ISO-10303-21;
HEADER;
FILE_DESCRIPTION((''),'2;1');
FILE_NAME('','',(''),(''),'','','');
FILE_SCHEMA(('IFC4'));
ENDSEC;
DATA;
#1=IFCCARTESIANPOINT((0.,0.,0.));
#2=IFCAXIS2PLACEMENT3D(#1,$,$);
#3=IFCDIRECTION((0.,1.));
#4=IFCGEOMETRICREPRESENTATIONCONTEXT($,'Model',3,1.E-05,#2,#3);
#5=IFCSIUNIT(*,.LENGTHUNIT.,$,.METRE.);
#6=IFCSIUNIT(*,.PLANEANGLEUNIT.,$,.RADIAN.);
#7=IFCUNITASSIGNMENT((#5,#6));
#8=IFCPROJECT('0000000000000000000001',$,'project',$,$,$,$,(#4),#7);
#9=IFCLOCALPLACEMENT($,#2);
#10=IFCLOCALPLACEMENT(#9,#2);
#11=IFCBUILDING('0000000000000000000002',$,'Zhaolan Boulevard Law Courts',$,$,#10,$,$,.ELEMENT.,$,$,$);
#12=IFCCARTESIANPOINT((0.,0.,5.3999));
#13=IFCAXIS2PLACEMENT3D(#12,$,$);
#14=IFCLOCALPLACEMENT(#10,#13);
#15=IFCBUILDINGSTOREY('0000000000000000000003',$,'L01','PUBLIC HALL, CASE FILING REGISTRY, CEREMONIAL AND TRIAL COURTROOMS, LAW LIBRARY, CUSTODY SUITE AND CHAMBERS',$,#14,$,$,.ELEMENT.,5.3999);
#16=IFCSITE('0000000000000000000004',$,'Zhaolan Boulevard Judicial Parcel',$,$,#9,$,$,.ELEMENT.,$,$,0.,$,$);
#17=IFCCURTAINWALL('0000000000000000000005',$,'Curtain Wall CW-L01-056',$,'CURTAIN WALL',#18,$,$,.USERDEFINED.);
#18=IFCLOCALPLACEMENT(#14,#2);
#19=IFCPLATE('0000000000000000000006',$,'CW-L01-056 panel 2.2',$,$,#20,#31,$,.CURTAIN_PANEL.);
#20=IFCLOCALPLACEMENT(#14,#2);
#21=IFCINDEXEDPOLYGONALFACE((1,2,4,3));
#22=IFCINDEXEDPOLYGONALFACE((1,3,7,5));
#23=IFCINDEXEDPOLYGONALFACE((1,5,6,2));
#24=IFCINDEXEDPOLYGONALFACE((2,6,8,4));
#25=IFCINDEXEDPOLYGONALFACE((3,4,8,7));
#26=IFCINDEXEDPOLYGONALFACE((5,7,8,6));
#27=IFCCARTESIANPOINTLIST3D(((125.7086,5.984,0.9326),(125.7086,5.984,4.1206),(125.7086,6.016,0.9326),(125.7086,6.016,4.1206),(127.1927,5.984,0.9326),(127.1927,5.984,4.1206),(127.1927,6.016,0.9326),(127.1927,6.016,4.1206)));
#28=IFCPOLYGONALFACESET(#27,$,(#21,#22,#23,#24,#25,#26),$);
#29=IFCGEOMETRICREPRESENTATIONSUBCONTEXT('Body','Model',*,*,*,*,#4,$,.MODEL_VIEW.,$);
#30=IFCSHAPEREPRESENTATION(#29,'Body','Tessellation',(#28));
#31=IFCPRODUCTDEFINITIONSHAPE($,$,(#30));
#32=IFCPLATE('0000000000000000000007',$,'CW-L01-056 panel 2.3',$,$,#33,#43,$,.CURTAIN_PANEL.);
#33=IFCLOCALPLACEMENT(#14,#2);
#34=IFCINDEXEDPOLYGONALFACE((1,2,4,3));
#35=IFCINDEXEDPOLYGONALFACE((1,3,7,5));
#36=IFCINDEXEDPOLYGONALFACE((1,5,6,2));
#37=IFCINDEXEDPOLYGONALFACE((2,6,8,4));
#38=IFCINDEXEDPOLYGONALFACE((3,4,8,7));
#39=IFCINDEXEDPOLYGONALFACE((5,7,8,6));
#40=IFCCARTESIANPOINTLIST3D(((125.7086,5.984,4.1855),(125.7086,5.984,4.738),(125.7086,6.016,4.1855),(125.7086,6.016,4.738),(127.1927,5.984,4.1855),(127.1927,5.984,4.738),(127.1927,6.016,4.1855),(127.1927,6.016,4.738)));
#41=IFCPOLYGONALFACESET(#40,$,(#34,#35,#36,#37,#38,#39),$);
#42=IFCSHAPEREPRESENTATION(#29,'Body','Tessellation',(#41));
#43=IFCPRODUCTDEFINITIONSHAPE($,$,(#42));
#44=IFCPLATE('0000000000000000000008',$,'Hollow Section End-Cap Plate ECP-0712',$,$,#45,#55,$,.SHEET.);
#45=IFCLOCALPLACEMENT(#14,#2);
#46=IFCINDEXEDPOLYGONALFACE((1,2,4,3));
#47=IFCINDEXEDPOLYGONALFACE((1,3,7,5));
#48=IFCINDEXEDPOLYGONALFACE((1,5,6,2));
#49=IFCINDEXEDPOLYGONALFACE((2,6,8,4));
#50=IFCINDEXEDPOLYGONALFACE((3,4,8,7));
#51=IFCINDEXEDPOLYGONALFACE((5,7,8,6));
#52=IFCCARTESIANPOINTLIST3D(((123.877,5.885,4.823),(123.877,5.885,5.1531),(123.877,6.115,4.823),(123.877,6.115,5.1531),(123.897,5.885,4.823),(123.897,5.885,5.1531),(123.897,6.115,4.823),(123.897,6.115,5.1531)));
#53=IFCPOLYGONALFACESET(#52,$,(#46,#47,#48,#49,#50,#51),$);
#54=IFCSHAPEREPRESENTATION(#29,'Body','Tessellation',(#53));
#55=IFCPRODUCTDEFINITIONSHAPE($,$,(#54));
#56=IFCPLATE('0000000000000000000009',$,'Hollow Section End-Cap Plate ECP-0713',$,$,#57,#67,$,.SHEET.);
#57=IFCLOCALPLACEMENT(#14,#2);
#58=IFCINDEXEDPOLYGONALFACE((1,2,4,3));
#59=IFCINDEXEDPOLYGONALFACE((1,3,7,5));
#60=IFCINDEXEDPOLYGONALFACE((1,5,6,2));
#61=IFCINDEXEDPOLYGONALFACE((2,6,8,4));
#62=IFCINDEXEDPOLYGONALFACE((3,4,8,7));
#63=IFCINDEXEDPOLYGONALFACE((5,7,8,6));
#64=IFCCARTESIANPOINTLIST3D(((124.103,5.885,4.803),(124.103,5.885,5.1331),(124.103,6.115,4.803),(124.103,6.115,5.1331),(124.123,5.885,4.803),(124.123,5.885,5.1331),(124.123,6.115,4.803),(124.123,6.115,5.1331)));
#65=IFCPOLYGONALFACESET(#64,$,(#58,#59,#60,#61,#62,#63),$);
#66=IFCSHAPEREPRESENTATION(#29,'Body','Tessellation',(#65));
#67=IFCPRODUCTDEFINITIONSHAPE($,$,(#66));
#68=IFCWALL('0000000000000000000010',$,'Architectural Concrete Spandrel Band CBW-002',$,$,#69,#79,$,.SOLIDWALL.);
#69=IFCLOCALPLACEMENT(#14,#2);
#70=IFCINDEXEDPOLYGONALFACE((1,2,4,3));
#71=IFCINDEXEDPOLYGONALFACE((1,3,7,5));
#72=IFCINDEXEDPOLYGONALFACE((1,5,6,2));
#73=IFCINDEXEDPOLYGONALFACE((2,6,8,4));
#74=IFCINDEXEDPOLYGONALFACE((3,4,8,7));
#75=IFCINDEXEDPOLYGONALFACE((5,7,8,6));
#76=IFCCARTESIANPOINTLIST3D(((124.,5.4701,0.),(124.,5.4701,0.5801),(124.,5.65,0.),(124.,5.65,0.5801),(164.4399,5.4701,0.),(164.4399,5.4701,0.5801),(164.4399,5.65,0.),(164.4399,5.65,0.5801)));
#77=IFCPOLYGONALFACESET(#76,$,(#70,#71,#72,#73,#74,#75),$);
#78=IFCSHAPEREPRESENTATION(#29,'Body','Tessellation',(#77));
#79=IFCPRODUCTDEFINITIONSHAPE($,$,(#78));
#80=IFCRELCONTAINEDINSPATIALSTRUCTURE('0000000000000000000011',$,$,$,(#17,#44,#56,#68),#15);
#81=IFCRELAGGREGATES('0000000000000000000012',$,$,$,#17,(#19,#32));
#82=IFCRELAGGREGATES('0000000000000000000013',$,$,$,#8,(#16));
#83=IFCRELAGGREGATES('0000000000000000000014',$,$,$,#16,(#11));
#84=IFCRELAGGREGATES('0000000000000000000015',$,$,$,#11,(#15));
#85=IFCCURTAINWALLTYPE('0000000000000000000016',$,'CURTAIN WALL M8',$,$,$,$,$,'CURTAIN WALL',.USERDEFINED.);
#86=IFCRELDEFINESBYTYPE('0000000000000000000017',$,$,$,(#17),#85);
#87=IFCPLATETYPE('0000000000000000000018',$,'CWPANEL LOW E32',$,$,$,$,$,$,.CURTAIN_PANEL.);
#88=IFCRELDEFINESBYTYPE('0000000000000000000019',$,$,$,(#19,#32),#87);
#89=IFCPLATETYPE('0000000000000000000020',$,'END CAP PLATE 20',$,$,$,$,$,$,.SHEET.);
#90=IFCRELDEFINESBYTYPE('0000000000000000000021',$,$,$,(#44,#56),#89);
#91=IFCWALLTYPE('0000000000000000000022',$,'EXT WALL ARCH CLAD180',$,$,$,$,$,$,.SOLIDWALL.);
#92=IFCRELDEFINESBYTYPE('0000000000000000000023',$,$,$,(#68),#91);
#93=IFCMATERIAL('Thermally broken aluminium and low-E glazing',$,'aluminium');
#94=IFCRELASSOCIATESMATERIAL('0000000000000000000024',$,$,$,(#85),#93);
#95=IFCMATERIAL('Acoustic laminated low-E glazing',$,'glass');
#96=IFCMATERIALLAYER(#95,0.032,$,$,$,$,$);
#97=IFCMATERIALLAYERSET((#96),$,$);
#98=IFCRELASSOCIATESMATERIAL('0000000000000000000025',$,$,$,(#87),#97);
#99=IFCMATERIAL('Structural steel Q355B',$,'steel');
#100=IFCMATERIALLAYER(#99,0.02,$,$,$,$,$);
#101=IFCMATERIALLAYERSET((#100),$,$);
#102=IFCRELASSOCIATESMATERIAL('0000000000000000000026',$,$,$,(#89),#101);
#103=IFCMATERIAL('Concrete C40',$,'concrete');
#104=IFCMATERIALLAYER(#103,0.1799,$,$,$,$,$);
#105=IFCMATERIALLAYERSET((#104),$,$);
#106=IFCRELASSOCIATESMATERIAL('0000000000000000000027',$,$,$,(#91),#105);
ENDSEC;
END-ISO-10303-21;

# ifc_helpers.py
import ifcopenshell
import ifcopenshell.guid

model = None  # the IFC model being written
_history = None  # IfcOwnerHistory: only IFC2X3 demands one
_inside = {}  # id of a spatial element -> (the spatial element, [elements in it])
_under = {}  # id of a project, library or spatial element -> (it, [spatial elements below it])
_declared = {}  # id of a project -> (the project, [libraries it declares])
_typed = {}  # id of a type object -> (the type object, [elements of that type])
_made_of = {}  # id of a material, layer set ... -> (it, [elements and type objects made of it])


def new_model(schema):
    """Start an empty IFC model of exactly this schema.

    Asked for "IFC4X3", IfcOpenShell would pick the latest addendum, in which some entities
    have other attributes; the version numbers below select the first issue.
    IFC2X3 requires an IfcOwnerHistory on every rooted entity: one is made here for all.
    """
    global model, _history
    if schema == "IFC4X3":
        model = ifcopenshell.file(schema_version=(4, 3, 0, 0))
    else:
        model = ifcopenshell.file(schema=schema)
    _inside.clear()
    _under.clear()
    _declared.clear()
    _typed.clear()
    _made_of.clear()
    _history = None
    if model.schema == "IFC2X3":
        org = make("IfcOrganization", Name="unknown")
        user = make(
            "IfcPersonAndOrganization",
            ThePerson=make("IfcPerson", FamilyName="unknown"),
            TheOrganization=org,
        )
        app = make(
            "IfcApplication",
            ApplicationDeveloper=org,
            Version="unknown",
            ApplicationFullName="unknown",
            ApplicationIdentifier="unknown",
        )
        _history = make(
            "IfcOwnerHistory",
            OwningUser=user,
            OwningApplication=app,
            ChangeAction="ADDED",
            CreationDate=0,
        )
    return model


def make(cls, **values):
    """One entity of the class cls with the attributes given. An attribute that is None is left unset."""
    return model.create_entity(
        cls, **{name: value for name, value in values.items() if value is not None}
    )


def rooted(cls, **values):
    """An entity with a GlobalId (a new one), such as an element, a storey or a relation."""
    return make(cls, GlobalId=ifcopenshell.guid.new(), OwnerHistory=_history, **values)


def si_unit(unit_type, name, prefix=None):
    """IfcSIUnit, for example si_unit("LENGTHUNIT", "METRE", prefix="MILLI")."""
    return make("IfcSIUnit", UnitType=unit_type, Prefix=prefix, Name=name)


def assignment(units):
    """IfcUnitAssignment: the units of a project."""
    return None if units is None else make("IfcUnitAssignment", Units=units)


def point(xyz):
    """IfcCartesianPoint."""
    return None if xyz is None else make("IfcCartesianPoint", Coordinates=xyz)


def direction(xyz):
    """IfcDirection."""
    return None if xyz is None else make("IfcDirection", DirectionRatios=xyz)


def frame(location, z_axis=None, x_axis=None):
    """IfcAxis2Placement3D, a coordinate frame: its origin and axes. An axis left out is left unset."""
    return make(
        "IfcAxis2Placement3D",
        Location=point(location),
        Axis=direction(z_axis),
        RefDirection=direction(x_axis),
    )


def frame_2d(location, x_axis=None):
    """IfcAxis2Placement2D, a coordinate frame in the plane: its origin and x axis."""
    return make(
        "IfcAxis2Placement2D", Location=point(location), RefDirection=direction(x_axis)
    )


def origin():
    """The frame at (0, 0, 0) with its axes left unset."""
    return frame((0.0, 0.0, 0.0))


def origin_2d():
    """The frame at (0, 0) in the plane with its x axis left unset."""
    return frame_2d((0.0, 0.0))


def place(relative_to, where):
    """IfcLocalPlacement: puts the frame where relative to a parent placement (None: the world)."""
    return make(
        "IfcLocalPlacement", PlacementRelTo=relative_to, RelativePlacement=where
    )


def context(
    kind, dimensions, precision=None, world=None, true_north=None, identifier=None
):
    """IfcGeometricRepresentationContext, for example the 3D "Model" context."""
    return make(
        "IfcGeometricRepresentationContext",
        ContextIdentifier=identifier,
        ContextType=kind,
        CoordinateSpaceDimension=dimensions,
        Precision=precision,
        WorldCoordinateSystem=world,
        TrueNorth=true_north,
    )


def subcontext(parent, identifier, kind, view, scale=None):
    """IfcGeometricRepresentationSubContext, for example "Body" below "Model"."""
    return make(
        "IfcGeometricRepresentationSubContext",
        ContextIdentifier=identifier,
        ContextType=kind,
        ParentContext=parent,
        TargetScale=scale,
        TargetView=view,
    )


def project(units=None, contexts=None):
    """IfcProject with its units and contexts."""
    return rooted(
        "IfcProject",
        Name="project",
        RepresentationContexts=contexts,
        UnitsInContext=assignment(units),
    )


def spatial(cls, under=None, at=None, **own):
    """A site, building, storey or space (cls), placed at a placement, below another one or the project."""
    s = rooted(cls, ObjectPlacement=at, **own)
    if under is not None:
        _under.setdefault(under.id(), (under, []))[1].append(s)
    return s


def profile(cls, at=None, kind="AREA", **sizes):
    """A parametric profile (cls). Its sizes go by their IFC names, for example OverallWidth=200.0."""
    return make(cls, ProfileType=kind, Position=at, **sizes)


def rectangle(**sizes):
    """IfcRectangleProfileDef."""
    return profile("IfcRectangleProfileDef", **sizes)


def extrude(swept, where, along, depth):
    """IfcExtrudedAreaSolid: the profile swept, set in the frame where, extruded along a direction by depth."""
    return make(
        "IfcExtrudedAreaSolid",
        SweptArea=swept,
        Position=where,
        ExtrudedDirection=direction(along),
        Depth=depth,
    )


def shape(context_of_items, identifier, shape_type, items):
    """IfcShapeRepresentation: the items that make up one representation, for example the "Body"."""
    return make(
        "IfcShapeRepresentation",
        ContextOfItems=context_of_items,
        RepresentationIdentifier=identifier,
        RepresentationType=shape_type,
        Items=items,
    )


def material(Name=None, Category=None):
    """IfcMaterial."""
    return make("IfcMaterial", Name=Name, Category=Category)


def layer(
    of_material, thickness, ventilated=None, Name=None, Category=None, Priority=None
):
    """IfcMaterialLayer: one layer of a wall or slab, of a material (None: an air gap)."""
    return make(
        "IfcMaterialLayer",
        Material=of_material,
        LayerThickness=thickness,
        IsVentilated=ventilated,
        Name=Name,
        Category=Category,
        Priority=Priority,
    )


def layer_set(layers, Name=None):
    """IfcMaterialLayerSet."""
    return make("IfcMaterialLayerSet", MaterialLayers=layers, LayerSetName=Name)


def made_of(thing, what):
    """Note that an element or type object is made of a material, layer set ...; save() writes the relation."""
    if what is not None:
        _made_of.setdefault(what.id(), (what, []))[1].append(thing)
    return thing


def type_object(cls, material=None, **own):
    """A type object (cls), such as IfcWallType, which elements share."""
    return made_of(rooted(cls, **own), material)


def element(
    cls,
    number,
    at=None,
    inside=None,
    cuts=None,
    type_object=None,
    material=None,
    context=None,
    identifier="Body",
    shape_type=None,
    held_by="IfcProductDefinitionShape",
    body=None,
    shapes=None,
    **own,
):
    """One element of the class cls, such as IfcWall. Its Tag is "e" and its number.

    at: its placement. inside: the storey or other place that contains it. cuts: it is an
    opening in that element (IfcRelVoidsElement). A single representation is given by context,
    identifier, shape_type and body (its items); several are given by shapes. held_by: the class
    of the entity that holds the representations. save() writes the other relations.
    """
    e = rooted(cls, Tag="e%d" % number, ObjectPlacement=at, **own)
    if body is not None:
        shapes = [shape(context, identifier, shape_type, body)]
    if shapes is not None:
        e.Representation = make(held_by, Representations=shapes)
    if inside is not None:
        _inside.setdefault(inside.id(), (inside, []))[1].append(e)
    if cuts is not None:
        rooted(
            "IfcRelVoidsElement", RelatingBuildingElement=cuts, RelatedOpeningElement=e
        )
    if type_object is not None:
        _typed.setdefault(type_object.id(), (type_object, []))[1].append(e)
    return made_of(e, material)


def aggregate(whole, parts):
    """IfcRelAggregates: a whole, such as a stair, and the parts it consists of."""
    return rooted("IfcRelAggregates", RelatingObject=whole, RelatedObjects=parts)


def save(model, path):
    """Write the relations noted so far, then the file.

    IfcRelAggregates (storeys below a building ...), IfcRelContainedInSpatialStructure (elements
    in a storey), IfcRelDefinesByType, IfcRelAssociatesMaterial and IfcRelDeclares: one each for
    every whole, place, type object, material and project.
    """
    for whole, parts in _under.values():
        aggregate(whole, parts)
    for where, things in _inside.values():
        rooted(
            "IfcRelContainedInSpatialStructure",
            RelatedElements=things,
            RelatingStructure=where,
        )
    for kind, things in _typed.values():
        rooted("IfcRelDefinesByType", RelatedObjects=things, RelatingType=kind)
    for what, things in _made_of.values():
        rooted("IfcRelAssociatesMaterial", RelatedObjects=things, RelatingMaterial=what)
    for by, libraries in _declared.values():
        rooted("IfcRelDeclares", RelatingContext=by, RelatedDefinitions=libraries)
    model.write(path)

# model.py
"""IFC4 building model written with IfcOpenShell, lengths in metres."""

from ifc_helpers import new_model, si_unit, direction, frame, frame_2d, origin, origin_2d, place, context, subcontext, project, spatial, rectangle, extrude, material, layer, layer_set, type_object, element, aggregate, save


model = new_model("IFC4")

# Units and contexts
model_context = context("Model", 3, precision=1e-05, world=origin(), true_north=direction((0.0, 1.0)))
body_context = subcontext(model_context, "Body", "Model", "MODEL_VIEW")
ifc_project = project(units=[si_unit("LENGTHUNIT", "METRE"), si_unit("PLANEANGLEUNIT", "RADIAN")], contexts=[model_context])

# Site, building, storey
site_placement = place(None, origin())
site = spatial("IfcSite", under=ifc_project, at=site_placement, Name="Zhaolan Boulevard Judicial Parcel", CompositionType="ELEMENT", RefElevation=0.0)
building_placement = place(site_placement, origin())
building = spatial("IfcBuilding", under=site, at=building_placement, Name="Zhaolan Boulevard Law Courts", CompositionType="ELEMENT")
storey_placement = place(building_placement, frame((0.0, 0.0, 5.3999)))
storey = spatial("IfcBuildingStorey", under=building, at=storey_placement, Name="L01", Description="PUBLIC HALL, CASE FILING REGISTRY, CEREMONIAL AND TRIAL COURTROOMS, LAW LIBRARY, CUSTODY SUITE AND CHAMBERS", CompositionType="ELEMENT", Elevation=5.3999)

# Curtain wall
ifc_material_1 = material(Name="Thermally broken aluminium and low-E glazing", Category="aluminium")
curtain_wall_type_1 = type_object("IfcCurtainWallType", Name="CURTAIN WALL M8", ElementType="CURTAIN WALL", PredefinedType="USERDEFINED", material=ifc_material_1)
curtain_wall_1_placement = place(storey_placement, origin())
curtain_wall_1 = element("IfcCurtainWall", 1, at=curtain_wall_1_placement, inside=storey, type_object=curtain_wall_type_1, Name="Curtain Wall CW-L01-056", ObjectType="CURTAIN WALL", PredefinedType="USERDEFINED")

# Plates
ifc_material_2 = material(Name="Acoustic laminated low-E glazing", Category="glass")
ifc_layer_1 = layer(ifc_material_2, 0.032)
ifc_layer_set_1 = layer_set([ifc_layer_1])
plate_type_1 = type_object("IfcPlateType", Name="CWPANEL LOW E32", PredefinedType="CURTAIN_PANEL", material=ifc_layer_set_1)
plate_1_placement = place(storey_placement, frame((126.4507, 6.0, 0.9326), z_axis=(0.0, 0.0, 1.0), x_axis=(1.0, 0.0, 0.0)))
plate_1 = element("IfcPlate", 2, at=plate_1_placement, type_object=plate_type_1, Name="CW-L01-056 panel 2.2", PredefinedType="CURTAIN_PANEL", context=body_context, shape_type="SweptSolid", body=[
    extrude(rectangle(XDim=1.4841, YDim=0.032, at=origin_2d()), origin(), (0.0, 0.0, 1.0), 3.188),
])
plate_2_placement = place(storey_placement, frame((126.4507, 6.0, 4.1855), z_axis=(0.0, 0.0, 1.0), x_axis=(1.0, 0.0, 0.0)))
plate_2 = element("IfcPlate", 3, at=plate_2_placement, type_object=plate_type_1, Name="CW-L01-056 panel 2.3", PredefinedType="CURTAIN_PANEL", context=body_context, shape_type="SweptSolid", body=[
    extrude(rectangle(XDim=1.4841, YDim=0.032, at=origin_2d()), origin(), (0.0, 0.0, 1.0), 0.5525),
])
aggregate(curtain_wall_1, [plate_1, plate_2])

# Plates
ifc_material_3 = material(Name="Structural steel Q355B", Category="steel")
ifc_layer_2 = layer(ifc_material_3, 0.02)
ifc_layer_set_2 = layer_set([ifc_layer_2])
plate_type_2 = type_object("IfcPlateType", Name="END CAP PLATE 20", PredefinedType="SHEET", material=ifc_layer_set_2)
for number, where, z_axis, x_axis, name in (
    (4, (123.887, 6.0, 4.823), (0.0, 0.0, 1.0), (1.0, 0.0, 0.0), "Hollow Section End-Cap Plate ECP-0712"),
    (5, (124.113, 6.0, 4.803), (0.0, 0.0, 1.0), (1.0, 0.0, 0.0), "Hollow Section End-Cap Plate ECP-0713"),
):
    element("IfcPlate", number, at=place(storey_placement, frame(where, z_axis=z_axis, x_axis=x_axis)), inside=storey, type_object=plate_type_2, Name=name, PredefinedType="SHEET", context=body_context, shape_type="SweptSolid", body=[
        extrude(rectangle(XDim=0.02, YDim=0.23, at=origin_2d()), origin(), (0.0, 0.0, 1.0), 0.3301),
    ])

# Wall
ifc_material_4 = material(Name="Concrete C40", Category="concrete")
ifc_layer_3 = layer(ifc_material_4, 0.1799)
ifc_layer_set_3 = layer_set([ifc_layer_3])
wall_type = type_object("IfcWallType", Name="EXT WALL ARCH CLAD180", PredefinedType="SOLIDWALL", material=ifc_layer_set_3)
wall_placement = place(storey_placement, frame((124.0, 5.5601, 0.0), z_axis=(0.0, 0.0, 1.0), x_axis=(1.0, 0.0, 0.0)))
element("IfcWall", 6, at=wall_placement, inside=storey, type_object=wall_type, Name="Architectural Concrete Spandrel Band CBW-002", PredefinedType="SOLIDWALL", context=body_context, shape_type="SweptSolid", body=[
    extrude(rectangle(XDim=40.4399, YDim=0.1799, at=frame_2d((20.22, 0.0))), origin(), (0.0, 0.0, 1.0), 0.5801),
])

save(model, "model.ifc")
